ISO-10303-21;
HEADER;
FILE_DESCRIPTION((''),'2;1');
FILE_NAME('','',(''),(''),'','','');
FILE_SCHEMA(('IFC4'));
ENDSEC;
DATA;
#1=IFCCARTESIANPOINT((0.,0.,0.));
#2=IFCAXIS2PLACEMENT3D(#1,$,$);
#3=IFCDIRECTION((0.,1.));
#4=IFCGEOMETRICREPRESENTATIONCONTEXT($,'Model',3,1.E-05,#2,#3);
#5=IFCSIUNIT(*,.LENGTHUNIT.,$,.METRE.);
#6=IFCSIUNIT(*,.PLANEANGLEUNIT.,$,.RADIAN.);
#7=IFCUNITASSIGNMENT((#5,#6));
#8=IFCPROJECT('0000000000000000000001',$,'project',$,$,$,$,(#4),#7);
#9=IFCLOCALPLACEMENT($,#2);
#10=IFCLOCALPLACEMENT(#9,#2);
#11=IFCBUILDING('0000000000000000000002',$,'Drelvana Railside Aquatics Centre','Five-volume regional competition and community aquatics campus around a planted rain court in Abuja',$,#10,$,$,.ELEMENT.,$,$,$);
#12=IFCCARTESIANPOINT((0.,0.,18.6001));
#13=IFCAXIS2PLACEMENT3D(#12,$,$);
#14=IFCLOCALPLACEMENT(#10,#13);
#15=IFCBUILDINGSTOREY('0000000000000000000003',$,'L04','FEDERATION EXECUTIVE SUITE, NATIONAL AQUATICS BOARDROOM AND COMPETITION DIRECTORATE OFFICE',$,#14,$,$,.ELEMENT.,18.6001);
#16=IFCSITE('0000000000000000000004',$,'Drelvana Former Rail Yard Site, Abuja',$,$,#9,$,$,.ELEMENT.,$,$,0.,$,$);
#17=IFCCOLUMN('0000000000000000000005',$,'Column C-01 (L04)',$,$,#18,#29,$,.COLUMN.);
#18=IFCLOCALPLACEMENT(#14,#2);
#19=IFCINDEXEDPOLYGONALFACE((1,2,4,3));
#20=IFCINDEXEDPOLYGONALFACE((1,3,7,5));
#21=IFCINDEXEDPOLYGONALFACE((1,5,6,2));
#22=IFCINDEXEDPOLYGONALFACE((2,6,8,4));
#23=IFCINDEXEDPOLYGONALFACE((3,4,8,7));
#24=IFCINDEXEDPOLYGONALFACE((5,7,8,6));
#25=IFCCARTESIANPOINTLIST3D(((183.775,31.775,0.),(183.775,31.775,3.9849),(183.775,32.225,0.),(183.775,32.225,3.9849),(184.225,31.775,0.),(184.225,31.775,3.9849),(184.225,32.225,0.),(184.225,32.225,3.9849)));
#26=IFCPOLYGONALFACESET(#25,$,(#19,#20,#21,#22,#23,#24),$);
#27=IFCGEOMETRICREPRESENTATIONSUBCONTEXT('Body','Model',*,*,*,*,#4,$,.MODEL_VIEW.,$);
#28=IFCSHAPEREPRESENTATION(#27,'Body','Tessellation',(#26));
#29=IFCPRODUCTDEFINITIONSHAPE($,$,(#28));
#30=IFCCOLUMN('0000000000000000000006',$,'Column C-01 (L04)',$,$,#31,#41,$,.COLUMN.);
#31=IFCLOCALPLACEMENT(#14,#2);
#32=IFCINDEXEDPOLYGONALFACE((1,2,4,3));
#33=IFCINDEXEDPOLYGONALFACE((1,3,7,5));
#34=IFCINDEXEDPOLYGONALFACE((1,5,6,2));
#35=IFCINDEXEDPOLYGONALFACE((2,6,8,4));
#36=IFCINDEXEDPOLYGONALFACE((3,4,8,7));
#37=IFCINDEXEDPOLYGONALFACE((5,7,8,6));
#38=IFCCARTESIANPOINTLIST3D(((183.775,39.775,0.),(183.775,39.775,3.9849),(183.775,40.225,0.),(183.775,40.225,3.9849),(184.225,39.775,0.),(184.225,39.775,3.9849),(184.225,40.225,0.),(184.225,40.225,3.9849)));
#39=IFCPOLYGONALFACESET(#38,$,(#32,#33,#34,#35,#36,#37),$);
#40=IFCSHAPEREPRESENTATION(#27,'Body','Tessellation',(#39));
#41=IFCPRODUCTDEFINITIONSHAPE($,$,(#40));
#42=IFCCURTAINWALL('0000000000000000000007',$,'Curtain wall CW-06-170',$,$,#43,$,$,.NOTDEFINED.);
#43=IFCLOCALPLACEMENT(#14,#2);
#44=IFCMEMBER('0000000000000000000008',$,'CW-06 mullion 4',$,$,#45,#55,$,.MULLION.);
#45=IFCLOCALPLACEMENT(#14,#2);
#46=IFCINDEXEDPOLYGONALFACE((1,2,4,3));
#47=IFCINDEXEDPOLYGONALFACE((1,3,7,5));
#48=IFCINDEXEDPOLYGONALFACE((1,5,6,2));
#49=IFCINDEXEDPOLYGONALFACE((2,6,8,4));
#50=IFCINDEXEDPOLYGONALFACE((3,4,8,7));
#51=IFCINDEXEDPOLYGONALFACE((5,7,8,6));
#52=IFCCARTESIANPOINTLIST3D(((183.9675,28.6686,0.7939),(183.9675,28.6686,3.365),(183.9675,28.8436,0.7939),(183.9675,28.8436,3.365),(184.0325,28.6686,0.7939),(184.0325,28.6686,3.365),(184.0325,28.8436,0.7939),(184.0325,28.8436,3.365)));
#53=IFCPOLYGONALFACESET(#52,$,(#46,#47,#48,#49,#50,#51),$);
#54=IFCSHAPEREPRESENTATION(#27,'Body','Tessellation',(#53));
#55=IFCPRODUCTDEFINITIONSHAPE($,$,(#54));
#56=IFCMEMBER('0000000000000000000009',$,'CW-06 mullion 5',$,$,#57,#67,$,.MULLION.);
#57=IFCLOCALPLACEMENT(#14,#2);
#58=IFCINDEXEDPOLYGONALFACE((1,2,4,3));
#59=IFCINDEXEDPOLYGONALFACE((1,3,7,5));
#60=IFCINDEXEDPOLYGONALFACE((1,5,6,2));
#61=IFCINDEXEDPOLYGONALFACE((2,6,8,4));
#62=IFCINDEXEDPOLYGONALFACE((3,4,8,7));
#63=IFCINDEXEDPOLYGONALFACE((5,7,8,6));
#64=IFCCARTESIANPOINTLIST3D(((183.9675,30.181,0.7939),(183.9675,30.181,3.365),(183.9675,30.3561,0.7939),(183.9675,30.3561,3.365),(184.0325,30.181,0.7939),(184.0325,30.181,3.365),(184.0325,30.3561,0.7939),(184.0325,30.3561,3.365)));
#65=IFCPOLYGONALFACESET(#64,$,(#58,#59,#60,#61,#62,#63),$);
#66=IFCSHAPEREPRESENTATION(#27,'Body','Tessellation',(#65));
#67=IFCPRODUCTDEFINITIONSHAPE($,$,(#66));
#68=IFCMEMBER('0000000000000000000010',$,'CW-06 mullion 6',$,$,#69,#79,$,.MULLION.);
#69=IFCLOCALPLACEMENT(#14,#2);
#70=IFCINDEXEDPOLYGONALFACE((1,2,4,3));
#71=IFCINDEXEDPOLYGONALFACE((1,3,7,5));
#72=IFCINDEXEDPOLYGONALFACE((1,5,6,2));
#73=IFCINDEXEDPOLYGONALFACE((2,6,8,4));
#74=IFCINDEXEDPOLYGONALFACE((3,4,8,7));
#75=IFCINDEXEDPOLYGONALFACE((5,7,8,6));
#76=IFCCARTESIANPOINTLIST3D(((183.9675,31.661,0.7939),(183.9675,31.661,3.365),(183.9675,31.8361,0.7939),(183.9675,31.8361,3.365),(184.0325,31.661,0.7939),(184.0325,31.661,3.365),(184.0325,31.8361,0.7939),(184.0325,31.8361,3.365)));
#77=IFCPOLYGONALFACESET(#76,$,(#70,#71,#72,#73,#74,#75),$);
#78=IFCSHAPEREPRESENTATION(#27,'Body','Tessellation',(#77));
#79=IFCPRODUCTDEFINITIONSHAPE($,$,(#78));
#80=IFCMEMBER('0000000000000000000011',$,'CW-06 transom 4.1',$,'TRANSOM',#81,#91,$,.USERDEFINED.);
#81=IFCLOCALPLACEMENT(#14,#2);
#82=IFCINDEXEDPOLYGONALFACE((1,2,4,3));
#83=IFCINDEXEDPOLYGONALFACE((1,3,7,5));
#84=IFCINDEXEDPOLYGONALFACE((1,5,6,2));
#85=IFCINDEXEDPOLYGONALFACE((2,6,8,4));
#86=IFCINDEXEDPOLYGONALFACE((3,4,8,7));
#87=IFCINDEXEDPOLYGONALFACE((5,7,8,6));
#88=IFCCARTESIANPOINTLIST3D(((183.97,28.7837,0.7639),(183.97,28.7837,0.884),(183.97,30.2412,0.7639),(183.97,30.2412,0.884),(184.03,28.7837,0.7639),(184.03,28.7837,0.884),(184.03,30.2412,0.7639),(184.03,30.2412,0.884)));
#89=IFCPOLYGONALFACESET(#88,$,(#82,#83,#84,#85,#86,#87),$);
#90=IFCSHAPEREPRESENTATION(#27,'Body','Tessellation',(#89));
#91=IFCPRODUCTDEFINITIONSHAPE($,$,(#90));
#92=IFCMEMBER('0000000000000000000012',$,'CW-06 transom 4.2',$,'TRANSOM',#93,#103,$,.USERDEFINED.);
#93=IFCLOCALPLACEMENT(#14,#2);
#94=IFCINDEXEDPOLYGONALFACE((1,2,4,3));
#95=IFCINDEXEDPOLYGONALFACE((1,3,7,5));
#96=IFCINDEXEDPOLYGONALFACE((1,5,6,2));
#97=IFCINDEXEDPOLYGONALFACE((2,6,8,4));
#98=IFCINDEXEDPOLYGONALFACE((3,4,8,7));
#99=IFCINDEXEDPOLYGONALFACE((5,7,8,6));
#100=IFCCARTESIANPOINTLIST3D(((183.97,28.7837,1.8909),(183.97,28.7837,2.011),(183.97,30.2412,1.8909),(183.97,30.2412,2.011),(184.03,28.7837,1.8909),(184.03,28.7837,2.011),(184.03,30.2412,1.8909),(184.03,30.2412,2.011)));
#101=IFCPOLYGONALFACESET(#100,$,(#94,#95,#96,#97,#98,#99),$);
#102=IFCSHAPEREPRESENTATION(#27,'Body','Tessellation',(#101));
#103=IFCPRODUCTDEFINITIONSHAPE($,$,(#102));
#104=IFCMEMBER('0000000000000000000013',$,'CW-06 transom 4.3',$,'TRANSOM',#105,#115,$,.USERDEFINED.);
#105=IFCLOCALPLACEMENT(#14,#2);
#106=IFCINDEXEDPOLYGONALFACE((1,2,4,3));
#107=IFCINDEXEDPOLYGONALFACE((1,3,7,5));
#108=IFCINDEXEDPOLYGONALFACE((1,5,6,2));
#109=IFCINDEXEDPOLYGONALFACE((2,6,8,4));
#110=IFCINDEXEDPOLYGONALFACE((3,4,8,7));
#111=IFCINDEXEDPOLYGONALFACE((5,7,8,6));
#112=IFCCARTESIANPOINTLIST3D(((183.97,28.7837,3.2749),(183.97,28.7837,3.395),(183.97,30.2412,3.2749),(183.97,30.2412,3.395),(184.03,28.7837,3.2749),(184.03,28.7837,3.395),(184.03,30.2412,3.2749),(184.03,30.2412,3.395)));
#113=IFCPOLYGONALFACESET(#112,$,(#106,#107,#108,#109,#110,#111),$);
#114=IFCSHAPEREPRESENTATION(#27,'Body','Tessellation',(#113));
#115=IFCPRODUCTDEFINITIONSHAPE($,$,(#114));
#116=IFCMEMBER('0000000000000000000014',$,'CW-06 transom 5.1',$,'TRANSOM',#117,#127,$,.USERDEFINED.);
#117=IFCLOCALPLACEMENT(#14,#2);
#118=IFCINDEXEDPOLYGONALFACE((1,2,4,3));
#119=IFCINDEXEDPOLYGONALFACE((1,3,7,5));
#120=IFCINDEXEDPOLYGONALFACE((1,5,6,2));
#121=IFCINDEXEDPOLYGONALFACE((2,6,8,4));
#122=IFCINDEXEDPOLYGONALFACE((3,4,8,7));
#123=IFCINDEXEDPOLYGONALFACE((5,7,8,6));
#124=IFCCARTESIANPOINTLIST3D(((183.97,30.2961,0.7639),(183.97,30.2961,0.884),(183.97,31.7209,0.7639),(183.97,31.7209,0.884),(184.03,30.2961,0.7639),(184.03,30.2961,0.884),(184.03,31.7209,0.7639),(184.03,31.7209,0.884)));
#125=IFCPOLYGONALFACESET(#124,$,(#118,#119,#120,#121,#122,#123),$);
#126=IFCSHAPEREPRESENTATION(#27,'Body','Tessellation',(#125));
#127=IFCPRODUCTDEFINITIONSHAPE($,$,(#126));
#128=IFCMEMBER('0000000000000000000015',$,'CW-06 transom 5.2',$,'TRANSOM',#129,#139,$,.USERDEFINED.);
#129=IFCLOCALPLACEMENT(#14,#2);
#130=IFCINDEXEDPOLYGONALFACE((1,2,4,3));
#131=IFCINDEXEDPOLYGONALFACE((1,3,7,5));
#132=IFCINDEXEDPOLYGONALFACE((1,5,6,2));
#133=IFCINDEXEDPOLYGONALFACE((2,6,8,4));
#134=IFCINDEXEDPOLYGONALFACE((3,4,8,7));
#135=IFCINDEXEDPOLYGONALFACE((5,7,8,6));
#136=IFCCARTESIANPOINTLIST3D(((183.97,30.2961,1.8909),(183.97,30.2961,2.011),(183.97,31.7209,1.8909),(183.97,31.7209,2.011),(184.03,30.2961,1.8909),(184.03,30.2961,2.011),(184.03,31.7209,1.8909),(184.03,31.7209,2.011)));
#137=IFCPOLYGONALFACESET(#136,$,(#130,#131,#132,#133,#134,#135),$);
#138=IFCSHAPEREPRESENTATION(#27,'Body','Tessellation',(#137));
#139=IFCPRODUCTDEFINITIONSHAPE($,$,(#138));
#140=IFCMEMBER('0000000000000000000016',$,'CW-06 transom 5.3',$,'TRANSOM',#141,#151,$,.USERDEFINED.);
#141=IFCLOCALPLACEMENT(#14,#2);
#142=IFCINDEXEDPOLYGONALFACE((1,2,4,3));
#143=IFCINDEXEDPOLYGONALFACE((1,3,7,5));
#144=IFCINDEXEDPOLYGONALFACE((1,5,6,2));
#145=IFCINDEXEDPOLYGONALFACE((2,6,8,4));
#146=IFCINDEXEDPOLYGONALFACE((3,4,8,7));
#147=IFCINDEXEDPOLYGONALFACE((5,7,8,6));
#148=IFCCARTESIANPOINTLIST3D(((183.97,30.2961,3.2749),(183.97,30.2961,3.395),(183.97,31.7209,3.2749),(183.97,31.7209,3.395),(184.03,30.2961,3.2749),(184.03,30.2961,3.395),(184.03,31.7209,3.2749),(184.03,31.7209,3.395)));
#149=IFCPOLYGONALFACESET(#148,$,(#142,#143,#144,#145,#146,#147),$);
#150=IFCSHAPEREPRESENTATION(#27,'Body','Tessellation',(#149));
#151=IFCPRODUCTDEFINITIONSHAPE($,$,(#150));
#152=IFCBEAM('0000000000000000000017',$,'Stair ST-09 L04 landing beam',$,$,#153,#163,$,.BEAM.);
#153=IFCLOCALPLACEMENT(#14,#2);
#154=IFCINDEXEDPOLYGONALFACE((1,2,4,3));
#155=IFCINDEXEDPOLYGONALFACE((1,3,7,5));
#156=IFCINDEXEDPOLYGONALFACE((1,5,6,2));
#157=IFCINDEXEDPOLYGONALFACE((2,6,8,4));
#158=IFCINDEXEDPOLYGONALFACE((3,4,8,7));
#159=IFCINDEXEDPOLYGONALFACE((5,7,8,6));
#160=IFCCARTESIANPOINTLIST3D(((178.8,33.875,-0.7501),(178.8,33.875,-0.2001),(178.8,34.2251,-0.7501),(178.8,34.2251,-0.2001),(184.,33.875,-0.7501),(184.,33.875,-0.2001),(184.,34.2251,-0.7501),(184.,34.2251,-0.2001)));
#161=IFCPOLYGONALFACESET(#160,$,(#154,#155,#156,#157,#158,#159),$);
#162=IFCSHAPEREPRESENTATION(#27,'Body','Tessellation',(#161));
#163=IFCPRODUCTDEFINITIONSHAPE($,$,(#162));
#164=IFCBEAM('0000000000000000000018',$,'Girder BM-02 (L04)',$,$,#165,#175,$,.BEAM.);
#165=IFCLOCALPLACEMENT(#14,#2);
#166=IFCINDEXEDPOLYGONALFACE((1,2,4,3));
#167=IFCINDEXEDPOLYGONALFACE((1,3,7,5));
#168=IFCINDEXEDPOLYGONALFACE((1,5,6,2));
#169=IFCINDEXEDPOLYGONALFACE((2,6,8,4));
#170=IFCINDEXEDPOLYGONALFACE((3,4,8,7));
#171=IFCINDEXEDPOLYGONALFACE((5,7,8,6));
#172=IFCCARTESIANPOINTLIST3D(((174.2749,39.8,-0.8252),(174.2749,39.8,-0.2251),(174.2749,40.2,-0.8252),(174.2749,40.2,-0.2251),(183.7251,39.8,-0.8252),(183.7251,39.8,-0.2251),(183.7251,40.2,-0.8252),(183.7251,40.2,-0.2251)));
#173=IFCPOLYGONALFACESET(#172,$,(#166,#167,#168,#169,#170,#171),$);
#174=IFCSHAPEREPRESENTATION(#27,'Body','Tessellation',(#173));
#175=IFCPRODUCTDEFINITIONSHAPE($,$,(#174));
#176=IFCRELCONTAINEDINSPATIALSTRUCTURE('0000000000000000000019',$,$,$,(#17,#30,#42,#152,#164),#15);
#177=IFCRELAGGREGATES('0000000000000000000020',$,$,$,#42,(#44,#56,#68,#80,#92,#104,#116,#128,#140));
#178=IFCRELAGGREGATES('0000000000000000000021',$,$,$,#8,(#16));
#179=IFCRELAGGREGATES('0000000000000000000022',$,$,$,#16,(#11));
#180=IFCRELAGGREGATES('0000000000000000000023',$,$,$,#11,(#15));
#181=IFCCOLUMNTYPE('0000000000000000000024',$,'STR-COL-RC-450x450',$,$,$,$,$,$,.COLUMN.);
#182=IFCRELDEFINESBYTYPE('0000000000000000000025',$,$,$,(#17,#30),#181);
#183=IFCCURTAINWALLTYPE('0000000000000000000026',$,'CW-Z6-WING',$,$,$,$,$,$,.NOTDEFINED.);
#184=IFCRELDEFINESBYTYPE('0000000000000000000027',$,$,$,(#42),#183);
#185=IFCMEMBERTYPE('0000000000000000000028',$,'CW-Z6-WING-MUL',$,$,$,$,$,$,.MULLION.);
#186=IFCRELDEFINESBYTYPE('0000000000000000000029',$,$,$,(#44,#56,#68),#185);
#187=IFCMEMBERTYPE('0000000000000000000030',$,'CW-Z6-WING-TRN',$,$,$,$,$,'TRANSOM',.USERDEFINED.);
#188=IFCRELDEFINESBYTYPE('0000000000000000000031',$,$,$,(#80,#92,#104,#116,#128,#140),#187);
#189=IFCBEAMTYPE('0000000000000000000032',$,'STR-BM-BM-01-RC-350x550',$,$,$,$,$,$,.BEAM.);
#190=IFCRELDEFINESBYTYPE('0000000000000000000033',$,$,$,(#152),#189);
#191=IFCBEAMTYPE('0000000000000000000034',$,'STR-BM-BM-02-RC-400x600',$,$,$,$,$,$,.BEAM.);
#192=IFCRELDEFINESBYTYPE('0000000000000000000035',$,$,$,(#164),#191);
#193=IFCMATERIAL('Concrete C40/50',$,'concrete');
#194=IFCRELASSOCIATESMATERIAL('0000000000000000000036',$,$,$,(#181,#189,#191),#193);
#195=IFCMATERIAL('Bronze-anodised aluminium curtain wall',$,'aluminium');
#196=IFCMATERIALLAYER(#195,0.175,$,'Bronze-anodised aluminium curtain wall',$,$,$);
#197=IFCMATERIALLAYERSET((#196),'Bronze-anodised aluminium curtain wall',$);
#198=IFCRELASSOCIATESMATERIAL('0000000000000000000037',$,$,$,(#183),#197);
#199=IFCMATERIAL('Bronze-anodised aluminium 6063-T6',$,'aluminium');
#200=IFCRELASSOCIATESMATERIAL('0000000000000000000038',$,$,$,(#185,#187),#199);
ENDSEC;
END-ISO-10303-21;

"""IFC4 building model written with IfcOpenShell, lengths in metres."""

from ifc_helpers import new_model, si_unit, direction, frame, origin, origin_2d, place, context, subcontext, project, spatial, rectangle, extrude, material, layer, layer_set, material_profile, profile_set, type_object, element, aggregate, save


model = new_model("IFC4")

# Units and contexts
model_context = context("Model", 3, precision=1e-05, world=origin(), true_north=direction((0.0, 1.0)))
body_context = subcontext(model_context, "Body", "Model", "MODEL_VIEW")
ifc_project = project(units=[si_unit("LENGTHUNIT", "METRE"), si_unit("PLANEANGLEUNIT", "RADIAN")], contexts=[model_context])

# Site, building, storey
site_placement = place(None, origin())
site = spatial("IfcSite", under=ifc_project, at=site_placement, Name="Drelvana Former Rail Yard Site, Abuja", CompositionType="ELEMENT", RefElevation=0.0)
building_placement = place(site_placement, origin())
building = spatial("IfcBuilding", under=site, at=building_placement, Name="Drelvana Railside Aquatics Centre", Description="Five-volume regional competition and community aquatics campus around a planted rain court in Abuja", CompositionType="ELEMENT")
storey_placement = place(building_placement, frame((0.0, 0.0, 18.6001)))
storey = spatial("IfcBuildingStorey", under=building, at=storey_placement, Name="L04", Description="FEDERATION EXECUTIVE SUITE, NATIONAL AQUATICS BOARDROOM AND COMPETITION DIRECTORATE OFFICE", CompositionType="ELEMENT", Elevation=18.6001)

# Columns
ifc_material_1 = material(Name="Concrete C40/50", Category="concrete")
ifc_material_profile_1 = material_profile(ifc_material_1, rectangle(XDim=0.45, YDim=0.45, at=origin_2d()), Name="RC 450x450")
ifc_profile_set_1 = profile_set([ifc_material_profile_1], Name="Concrete C40/50")
column_type = type_object("IfcColumnType", Name="STR-COL-RC-450x450", PredefinedType="COLUMN", material=ifc_profile_set_1)
for number, where, z_axis, x_axis, name in (
    (1, (184.0, 32.0, 0.0), (0.0, 0.0, 1.0), (1.0, 0.0, 0.0), "Column C-01 (L04)"),
    (2, (184.0, 40.0, 0.0), (0.0, 0.0, 1.0), (1.0, 0.0, 0.0), "Column C-01 (L04)"),
):
    element("IfcColumn", number, at=place(storey_placement, frame(where, z_axis=z_axis, x_axis=x_axis)), inside=storey, type_object=column_type, Name=name, PredefinedType="COLUMN", context=body_context, shape_type="SweptSolid", body=[
        extrude(rectangle(XDim=0.45, YDim=0.45, at=origin_2d()), origin(), (0.0, 0.0, 1.0), 3.9849),
    ])

# Curtain wall, members
ifc_material_2 = material(Name="Bronze-anodised aluminium curtain wall", Category="aluminium")
ifc_layer_1 = layer(ifc_material_2, 0.175, Name="Bronze-anodised aluminium curtain wall")
ifc_layer_set_1 = layer_set([ifc_layer_1], Name="Bronze-anodised aluminium curtain wall")
curtain_wall_type = type_object("IfcCurtainWallType", Name="CW-Z6-WING", PredefinedType="NOTDEFINED", material=ifc_layer_set_1)
curtain_wall_placement = place(storey_placement, origin())
curtain_wall = element("IfcCurtainWall", 3, at=curtain_wall_placement, inside=storey, type_object=curtain_wall_type, Name="Curtain wall CW-06-170", PredefinedType="NOTDEFINED")
ifc_material_3 = material(Name="Bronze-anodised aluminium 6063-T6", Category="aluminium")
ifc_material_profile_2 = material_profile(ifc_material_3, rectangle(XDim=0.0649, YDim=0.175, at=origin_2d()), Name="ALU-M 65x175")
ifc_profile_set_2 = profile_set([ifc_material_profile_2], Name="Bronze-anodised aluminium 6063-T6")
member_type_1 = type_object("IfcMemberType", Name="CW-Z6-WING-MUL", PredefinedType="MULLION", material=ifc_profile_set_2)
member_1_placement = place(storey_placement, frame((184.0, 28.7561, 0.7939), z_axis=(0.0, 0.0, 1.0), x_axis=(-1.0, 0.0, 0.0)))
member_1 = element("IfcMember", 4, at=member_1_placement, type_object=member_type_1, Name="CW-06 mullion 4", PredefinedType="MULLION", context=body_context, shape_type="SweptSolid", body=[
    extrude(rectangle(XDim=0.0649, YDim=0.175, at=origin_2d()), origin(), (0.0, 0.0, 1.0), 2.571),
])
member_2_placement = place(storey_placement, frame((184.0, 30.2686, 0.7939), z_axis=(0.0, 0.0, 1.0), x_axis=(-1.0, 0.0, 0.0)))
member_2 = element("IfcMember", 5, at=member_2_placement, type_object=member_type_1, Name="CW-06 mullion 5", PredefinedType="MULLION", context=body_context, shape_type="SweptSolid", body=[
    extrude(rectangle(XDim=0.0649, YDim=0.175, at=origin_2d()), origin(), (0.0, 0.0, 1.0), 2.571),
])
member_3_placement = place(storey_placement, frame((184.0, 31.7485, 0.7939), z_axis=(0.0, 0.0, 1.0), x_axis=(-1.0, 0.0, 0.0)))
member_3 = element("IfcMember", 6, at=member_3_placement, type_object=member_type_1, Name="CW-06 mullion 6", PredefinedType="MULLION", context=body_context, shape_type="SweptSolid", body=[
    extrude(rectangle(XDim=0.0649, YDim=0.175, at=origin_2d()), origin(), (0.0, 0.0, 1.0), 2.571),
])
ifc_material_profile_3 = material_profile(ifc_material_3, rectangle(XDim=0.1201, YDim=0.0601, at=origin_2d()), Name="ALU-T 60x120")
ifc_profile_set_3 = profile_set([ifc_material_profile_3], Name="Bronze-anodised aluminium 6063-T6")
member_type_2 = type_object("IfcMemberType", Name="CW-Z6-WING-TRN", ElementType="TRANSOM", PredefinedType="USERDEFINED", material=ifc_profile_set_3)
member_4_placement = place(storey_placement, frame((184.0, 28.7837, 0.824), z_axis=(0.0, 1.0, 0.0), x_axis=(0.0, 0.0, 1.0)))
member_4 = element("IfcMember", 7, at=member_4_placement, type_object=member_type_2, Name="CW-06 transom 4.1", ObjectType="TRANSOM", PredefinedType="USERDEFINED", context=body_context, shape_type="SweptSolid", body=[
    extrude(rectangle(XDim=0.1201, YDim=0.0601, at=origin_2d()), origin(), (0.0, 0.0, 1.0), 1.4575),
])
member_5_placement = place(storey_placement, frame((184.0, 28.7837, 1.9509), z_axis=(0.0, 1.0, 0.0), x_axis=(0.0, 0.0, 1.0)))
member_5 = element("IfcMember", 8, at=member_5_placement, type_object=member_type_2, Name="CW-06 transom 4.2", ObjectType="TRANSOM", PredefinedType="USERDEFINED", context=body_context, shape_type="SweptSolid", body=[
    extrude(rectangle(XDim=0.1201, YDim=0.0601, at=origin_2d()), origin(), (0.0, 0.0, 1.0), 1.4575),
])
member_6_placement = place(storey_placement, frame((184.0, 28.7837, 3.335), z_axis=(0.0, 1.0, 0.0), x_axis=(0.0, 0.0, 1.0)))
member_6 = element("IfcMember", 9, at=member_6_placement, type_object=member_type_2, Name="CW-06 transom 4.3", ObjectType="TRANSOM", PredefinedType="USERDEFINED", context=body_context, shape_type="SweptSolid", body=[
    extrude(rectangle(XDim=0.1201, YDim=0.0601, at=origin_2d()), origin(), (0.0, 0.0, 1.0), 1.4575),
])
member_7_placement = place(storey_placement, frame((184.0, 30.2961, 0.824), z_axis=(0.0, 1.0, 0.0), x_axis=(0.0, 0.0, 1.0)))
member_7 = element("IfcMember", 10, at=member_7_placement, type_object=member_type_2, Name="CW-06 transom 5.1", ObjectType="TRANSOM", PredefinedType="USERDEFINED", context=body_context, shape_type="SweptSolid", body=[
    extrude(rectangle(XDim=0.1201, YDim=0.0601, at=origin_2d()), origin(), (0.0, 0.0, 1.0), 1.4248),
])
member_8_placement = place(storey_placement, frame((184.0, 30.2961, 1.9509), z_axis=(0.0, 1.0, 0.0), x_axis=(0.0, 0.0, 1.0)))
member_8 = element("IfcMember", 11, at=member_8_placement, type_object=member_type_2, Name="CW-06 transom 5.2", ObjectType="TRANSOM", PredefinedType="USERDEFINED", context=body_context, shape_type="SweptSolid", body=[
    extrude(rectangle(XDim=0.1201, YDim=0.0601, at=origin_2d()), origin(), (0.0, 0.0, 1.0), 1.4248),
])
member_9_placement = place(storey_placement, frame((184.0, 30.2961, 3.335), z_axis=(0.0, 1.0, 0.0), x_axis=(0.0, 0.0, 1.0)))
member_9 = element("IfcMember", 12, at=member_9_placement, type_object=member_type_2, Name="CW-06 transom 5.3", ObjectType="TRANSOM", PredefinedType="USERDEFINED", context=body_context, shape_type="SweptSolid", body=[
    extrude(rectangle(XDim=0.1201, YDim=0.0601, at=origin_2d()), origin(), (0.0, 0.0, 1.0), 1.4248),
])

# Beams
ifc_material_profile_4 = material_profile(ifc_material_1, rectangle(XDim=0.3501, YDim=0.55, at=origin_2d()), Name="RC 350x550")
ifc_profile_set_4 = profile_set([ifc_material_profile_4], Name="Concrete C40/50")
beam_type_1 = type_object("IfcBeamType", Name="STR-BM-BM-01-RC-350x550", PredefinedType="BEAM", material=ifc_profile_set_4)
beam_1_placement = place(storey_placement, frame((178.8, 34.05, -0.4751), z_axis=(1.0, 0.0, 0.0), x_axis=(0.0, 1.0, 0.0)))
element("IfcBeam", 13, at=beam_1_placement, inside=storey, type_object=beam_type_1, Name="Stair ST-09 L04 landing beam", PredefinedType="BEAM", context=body_context, shape_type="SweptSolid", body=[
    extrude(rectangle(XDim=0.3501, YDim=0.55, at=origin_2d()), origin(), (0.0, 0.0, 1.0), 5.2),
])
ifc_material_profile_5 = material_profile(ifc_material_1, rectangle(XDim=0.3999, YDim=0.6001, at=origin_2d()), Name="RC 400x600")
ifc_profile_set_5 = profile_set([ifc_material_profile_5], Name="Concrete C40/50")
beam_type_2 = type_object("IfcBeamType", Name="STR-BM-BM-02-RC-400x600", PredefinedType="BEAM", material=ifc_profile_set_5)
beam_2_placement = place(storey_placement, frame((174.2749, 40.0, -0.5251), z_axis=(1.0, 0.0, 0.0), x_axis=(0.0, 1.0, 0.0)))
element("IfcBeam", 14, at=beam_2_placement, inside=storey, type_object=beam_type_2, Name="Girder BM-02 (L04)", PredefinedType="BEAM", context=body_context, shape_type="SweptSolid", body=[
    extrude(rectangle(XDim=0.3999, YDim=0.6001, at=origin_2d()), origin(), (0.0, 0.0, 1.0), 9.4502),
])

aggregate(curtain_wall, [member_1, member_2, member_3, member_4, member_5, member_6, member_7, member_8, member_9])

save(model, "model.ifc")
